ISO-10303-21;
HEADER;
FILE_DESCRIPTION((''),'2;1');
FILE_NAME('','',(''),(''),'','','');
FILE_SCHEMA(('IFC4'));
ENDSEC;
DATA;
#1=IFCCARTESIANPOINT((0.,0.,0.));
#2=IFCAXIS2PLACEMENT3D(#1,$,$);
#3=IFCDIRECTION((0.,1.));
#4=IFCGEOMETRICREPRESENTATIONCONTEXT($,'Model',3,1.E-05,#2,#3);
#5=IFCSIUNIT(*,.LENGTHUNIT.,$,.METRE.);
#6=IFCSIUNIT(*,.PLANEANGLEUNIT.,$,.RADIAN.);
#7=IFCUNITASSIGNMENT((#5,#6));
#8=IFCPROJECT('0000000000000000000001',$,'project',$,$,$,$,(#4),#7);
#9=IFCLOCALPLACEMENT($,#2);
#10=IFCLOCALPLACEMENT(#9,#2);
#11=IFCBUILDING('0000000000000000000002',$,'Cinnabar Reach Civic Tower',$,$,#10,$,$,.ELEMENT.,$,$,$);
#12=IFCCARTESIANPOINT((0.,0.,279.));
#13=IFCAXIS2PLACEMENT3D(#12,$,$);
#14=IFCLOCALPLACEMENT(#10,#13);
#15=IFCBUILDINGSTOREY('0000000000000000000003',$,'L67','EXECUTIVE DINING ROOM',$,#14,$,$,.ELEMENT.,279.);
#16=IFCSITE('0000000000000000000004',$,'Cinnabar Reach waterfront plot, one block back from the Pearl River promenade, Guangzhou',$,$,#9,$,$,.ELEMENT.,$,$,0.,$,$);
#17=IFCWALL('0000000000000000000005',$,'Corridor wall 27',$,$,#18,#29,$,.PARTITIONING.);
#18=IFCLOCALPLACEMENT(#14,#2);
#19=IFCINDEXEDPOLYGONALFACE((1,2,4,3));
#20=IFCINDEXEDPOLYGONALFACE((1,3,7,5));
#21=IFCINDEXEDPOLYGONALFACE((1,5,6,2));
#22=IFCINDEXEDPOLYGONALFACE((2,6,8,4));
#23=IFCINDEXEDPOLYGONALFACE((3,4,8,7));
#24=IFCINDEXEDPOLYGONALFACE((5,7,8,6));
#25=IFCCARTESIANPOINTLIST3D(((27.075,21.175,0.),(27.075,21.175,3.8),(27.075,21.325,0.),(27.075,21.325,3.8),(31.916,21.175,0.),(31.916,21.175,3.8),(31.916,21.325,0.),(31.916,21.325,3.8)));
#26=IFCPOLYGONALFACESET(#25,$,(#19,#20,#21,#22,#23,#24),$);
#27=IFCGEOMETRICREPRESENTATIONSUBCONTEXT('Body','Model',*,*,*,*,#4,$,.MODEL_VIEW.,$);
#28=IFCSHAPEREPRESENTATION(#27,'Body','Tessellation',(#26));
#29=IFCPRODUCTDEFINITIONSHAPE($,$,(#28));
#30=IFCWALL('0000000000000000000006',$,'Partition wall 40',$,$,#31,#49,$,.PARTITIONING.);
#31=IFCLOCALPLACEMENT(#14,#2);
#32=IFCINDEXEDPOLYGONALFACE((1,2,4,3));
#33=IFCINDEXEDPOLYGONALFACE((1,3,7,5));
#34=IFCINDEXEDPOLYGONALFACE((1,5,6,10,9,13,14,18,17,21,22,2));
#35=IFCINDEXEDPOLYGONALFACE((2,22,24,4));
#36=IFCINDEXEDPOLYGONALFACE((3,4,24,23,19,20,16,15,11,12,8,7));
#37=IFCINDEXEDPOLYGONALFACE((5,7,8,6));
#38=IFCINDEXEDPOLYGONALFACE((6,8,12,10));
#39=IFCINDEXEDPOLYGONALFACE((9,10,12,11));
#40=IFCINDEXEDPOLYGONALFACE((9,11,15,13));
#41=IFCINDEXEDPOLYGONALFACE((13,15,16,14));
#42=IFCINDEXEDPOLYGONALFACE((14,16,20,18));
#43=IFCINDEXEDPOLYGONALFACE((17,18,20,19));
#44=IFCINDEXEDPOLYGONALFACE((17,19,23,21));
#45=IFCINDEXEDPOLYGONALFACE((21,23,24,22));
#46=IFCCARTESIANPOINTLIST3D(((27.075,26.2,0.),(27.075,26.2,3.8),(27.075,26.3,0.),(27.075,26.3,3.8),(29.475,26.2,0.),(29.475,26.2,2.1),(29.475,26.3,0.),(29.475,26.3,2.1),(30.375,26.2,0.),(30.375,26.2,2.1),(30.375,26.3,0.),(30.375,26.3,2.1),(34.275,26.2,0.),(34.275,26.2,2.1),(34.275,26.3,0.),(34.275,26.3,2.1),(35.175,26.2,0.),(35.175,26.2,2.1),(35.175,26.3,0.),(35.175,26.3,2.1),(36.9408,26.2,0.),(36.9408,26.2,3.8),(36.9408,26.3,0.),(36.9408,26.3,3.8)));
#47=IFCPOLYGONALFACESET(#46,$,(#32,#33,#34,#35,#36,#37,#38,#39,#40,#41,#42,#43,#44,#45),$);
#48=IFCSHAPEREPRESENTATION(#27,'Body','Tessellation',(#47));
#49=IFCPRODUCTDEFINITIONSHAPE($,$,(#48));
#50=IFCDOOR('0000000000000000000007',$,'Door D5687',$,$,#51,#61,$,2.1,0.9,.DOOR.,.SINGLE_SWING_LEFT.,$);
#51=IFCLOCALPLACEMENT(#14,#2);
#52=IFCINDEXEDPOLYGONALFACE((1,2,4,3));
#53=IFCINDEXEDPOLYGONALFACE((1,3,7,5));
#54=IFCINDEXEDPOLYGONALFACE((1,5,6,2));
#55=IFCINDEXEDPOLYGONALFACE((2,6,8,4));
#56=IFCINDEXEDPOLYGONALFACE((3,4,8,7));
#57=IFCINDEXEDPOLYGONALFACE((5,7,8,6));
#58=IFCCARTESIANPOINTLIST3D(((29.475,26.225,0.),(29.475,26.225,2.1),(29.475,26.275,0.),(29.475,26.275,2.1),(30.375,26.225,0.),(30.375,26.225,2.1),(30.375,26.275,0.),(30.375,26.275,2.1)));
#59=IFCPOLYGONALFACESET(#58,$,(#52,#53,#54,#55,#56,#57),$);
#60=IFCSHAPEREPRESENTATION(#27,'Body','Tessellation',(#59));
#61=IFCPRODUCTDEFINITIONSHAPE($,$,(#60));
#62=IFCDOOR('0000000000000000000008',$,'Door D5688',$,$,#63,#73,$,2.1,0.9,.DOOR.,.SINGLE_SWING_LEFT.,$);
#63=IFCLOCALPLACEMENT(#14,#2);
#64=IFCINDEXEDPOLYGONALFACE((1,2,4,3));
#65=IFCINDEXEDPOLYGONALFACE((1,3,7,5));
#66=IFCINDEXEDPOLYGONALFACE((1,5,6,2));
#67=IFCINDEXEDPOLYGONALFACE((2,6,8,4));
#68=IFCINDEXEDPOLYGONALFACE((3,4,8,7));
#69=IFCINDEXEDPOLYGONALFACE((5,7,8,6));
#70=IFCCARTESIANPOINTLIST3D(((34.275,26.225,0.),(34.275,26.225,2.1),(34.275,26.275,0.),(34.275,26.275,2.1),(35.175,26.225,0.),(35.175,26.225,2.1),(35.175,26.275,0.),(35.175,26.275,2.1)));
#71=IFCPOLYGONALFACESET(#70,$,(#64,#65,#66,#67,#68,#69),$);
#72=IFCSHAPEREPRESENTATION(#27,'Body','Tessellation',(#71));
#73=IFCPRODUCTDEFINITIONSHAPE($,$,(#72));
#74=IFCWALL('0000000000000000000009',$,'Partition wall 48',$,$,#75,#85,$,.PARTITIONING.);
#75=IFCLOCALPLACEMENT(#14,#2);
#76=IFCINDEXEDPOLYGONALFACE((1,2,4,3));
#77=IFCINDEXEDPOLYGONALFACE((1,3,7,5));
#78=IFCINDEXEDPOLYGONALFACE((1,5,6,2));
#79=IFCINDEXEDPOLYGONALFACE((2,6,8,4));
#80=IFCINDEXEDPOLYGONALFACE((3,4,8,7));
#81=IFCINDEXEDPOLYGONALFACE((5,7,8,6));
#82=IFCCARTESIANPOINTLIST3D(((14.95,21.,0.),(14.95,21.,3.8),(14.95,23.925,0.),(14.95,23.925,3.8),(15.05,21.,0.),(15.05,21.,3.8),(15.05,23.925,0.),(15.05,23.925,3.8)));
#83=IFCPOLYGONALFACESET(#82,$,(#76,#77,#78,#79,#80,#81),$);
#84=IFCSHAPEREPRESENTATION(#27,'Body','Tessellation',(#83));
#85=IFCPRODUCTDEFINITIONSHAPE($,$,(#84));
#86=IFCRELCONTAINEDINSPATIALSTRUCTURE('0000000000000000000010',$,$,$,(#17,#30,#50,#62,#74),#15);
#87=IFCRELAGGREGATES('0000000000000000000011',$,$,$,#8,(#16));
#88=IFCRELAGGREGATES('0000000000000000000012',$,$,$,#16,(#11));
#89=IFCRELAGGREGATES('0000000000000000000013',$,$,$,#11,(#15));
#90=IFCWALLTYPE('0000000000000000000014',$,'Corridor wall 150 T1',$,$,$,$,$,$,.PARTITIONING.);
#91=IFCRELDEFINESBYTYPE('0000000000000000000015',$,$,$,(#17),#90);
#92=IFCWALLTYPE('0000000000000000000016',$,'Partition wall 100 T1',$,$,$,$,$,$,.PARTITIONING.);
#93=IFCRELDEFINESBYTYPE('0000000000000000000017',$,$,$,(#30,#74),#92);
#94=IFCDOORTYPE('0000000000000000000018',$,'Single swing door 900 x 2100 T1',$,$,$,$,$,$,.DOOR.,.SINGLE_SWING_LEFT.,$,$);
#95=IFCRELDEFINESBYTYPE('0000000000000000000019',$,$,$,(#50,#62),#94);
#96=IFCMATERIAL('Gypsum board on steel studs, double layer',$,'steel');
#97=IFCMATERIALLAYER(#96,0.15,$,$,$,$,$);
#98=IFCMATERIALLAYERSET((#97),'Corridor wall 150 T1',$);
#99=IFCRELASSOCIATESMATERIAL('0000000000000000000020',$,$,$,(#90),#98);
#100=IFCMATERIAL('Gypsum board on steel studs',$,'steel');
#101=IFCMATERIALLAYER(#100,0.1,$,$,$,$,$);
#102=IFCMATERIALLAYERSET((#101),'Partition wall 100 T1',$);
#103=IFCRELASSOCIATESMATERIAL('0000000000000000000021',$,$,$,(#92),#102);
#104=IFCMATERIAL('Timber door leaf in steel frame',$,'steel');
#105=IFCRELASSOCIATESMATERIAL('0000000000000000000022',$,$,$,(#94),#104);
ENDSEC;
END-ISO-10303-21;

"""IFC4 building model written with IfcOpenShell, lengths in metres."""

from ifc_helpers import new_model, si_unit, direction, frame, frame_2d, origin, place, context, subcontext, project, spatial, rectangle, extrude, material, layer, layer_set, type_object, element, fill, save


model = new_model("IFC4")

# Units and contexts
model_context = context("Model", 3, precision=1e-05, world=origin(), true_north=direction((0.0, 1.0)))
body_context = subcontext(model_context, "Body", "Model", "MODEL_VIEW")
ifc_project = project(units=[si_unit("LENGTHUNIT", "METRE"), si_unit("PLANEANGLEUNIT", "RADIAN")], contexts=[model_context])

# Site, building, storey
site_placement = place(None, origin())
site = spatial("IfcSite", under=ifc_project, at=site_placement, Name="Cinnabar Reach waterfront plot, one block back from the Pearl River promenade, Guangzhou", CompositionType="ELEMENT", RefElevation=0.0)
building_placement = place(site_placement, origin())
building = spatial("IfcBuilding", under=site, at=building_placement, Name="Cinnabar Reach Civic Tower", CompositionType="ELEMENT")
storey_placement = place(building_placement, frame((0.0, 0.0, 279.0)))
storey = spatial("IfcBuildingStorey", under=building, at=storey_placement, Name="L67", Description="EXECUTIVE DINING ROOM", CompositionType="ELEMENT", Elevation=279.0)

# Shared definitions
ifc_material_1 = material(Name="Timber door leaf in steel frame", Category="steel")

# Shared definitions
ifc_material_2 = material(Name="Gypsum board on steel studs, double layer", Category="steel")
ifc_layer_1 = layer(ifc_material_2, 0.15)
ifc_layer_set_1 = layer_set([ifc_layer_1], Name="Corridor wall 150 T1")
wall_type_1 = type_object("IfcWallType", Name="Corridor wall 150 T1", PredefinedType="PARTITIONING", material=ifc_layer_set_1)

# Wall
wall_1_placement = place(storey_placement, frame((27.075, 21.25, 0.0), z_axis=(0.0, 0.0, 1.0), x_axis=(1.0, 0.0, 0.0)))
element("IfcWall", 1, at=wall_1_placement, inside=storey, type_object=wall_type_1, Name="Corridor wall 27", PredefinedType="PARTITIONING", context=body_context, shape_type="SweptSolid", body=[
    extrude(rectangle(XDim=4.841, YDim=0.15, at=frame_2d((2.4205, 0.0))), origin(), (0.0, 0.0, 1.0), 3.8),
])

# Wall, openings, doors
ifc_material_3 = material(Name="Gypsum board on steel studs", Category="steel")
ifc_layer_2 = layer(ifc_material_3, 0.1)
ifc_layer_set_2 = layer_set([ifc_layer_2], Name="Partition wall 100 T1")
wall_type_2 = type_object("IfcWallType", Name="Partition wall 100 T1", PredefinedType="PARTITIONING", material=ifc_layer_set_2)
wall_2_placement = place(storey_placement, frame((27.075, 26.25, 0.0), z_axis=(0.0, 0.0, 1.0), x_axis=(1.0, 0.0, 0.0)))
wall_2 = element("IfcWall", 2, at=wall_2_placement, inside=storey, type_object=wall_type_2, Name="Partition wall 40", PredefinedType="PARTITIONING", context=body_context, shape_type="SweptSolid", body=[
    extrude(rectangle(XDim=9.8659, YDim=0.1, at=frame_2d((4.9329, 0.0))), origin(), (0.0, 0.0, 1.0), 3.8),
])
opening_1_placement = place(wall_2_placement, frame((2.4, 0.0, 0.0)))
opening_1 = element("IfcOpeningElement", 3, at=opening_1_placement, cuts=wall_2, PredefinedType="OPENING", context=body_context, shape_type="SweptSolid", body=[
    extrude(rectangle(XDim=0.9, YDim=2.1, at=frame_2d((0.45, 1.05))), frame((0.0, 0.06, 0.0), z_axis=(0.0, -1.0, 0.0), x_axis=(1.0, 0.0, 0.0)), (0.0, 0.0, 1.0), 0.12),
])
opening_2_placement = place(wall_2_placement, frame((7.2, 0.0, 0.0)))
opening_2 = element("IfcOpeningElement", 4, at=opening_2_placement, cuts=wall_2, PredefinedType="OPENING", context=body_context, shape_type="SweptSolid", body=[
    extrude(rectangle(XDim=0.9, YDim=2.1, at=frame_2d((0.45, 1.05))), frame((0.0, 0.06, 0.0), z_axis=(0.0, -1.0, 0.0), x_axis=(1.0, 0.0, 0.0)), (0.0, 0.0, 1.0), 0.12),
])
door_type_1 = type_object("IfcDoorType", Name="Single swing door 900 x 2100 T1", OperationType="SINGLE_SWING_LEFT", PredefinedType="DOOR", material=ifc_material_1)
door_1_placement = place(opening_1_placement, frame((0.9, 0.0, 0.0), z_axis=(0.0, 0.0, 1.0), x_axis=(-1.0, 0.0, 0.0)))
door_1 = element("IfcDoor", 5, at=door_1_placement, inside=storey, type_object=door_type_1, Name="Door D5687", OperationType="SINGLE_SWING_LEFT", OverallHeight=2.1, OverallWidth=0.9, PredefinedType="DOOR", context=body_context, shape_type="SweptSolid", body=[
    extrude(rectangle(XDim=0.9, YDim=2.1, at=frame_2d((0.45, 1.05))), frame((0.0, 0.025, 0.0), z_axis=(0.0, -1.0, 0.0), x_axis=(1.0, 0.0, 0.0)), (0.0, 0.0, 1.0), 0.05),
])
fill(opening_1, door_1)
door_2_placement = place(opening_2_placement, frame((0.9, 0.0, 0.0), z_axis=(0.0, 0.0, 1.0), x_axis=(-1.0, 0.0, 0.0)))
door_2 = element("IfcDoor", 6, at=door_2_placement, inside=storey, type_object=door_type_1, Name="Door D5688", OperationType="SINGLE_SWING_LEFT", OverallHeight=2.1, OverallWidth=0.9, PredefinedType="DOOR", context=body_context, shape_type="SweptSolid", body=[
    extrude(rectangle(XDim=0.9, YDim=2.1, at=frame_2d((0.45, 1.05))), frame((0.0, 0.025, 0.0), z_axis=(0.0, -1.0, 0.0), x_axis=(1.0, 0.0, 0.0)), (0.0, 0.0, 1.0), 0.05),
])
fill(opening_2, door_2)

# Wall
wall_3_placement = place(storey_placement, frame((15.0, 21.0, 0.0), z_axis=(0.0, 0.0, 1.0), x_axis=(0.0, 1.0, 0.0)))
element("IfcWall", 7, at=wall_3_placement, inside=storey, type_object=wall_type_2, Name="Partition wall 48", PredefinedType="PARTITIONING", context=body_context, shape_type="SweptSolid", body=[
    extrude(rectangle(XDim=2.925, YDim=0.1, at=frame_2d((1.4625, 0.0))), origin(), (0.0, 0.0, 1.0), 3.8),
])

save(model, "model.ifc")
